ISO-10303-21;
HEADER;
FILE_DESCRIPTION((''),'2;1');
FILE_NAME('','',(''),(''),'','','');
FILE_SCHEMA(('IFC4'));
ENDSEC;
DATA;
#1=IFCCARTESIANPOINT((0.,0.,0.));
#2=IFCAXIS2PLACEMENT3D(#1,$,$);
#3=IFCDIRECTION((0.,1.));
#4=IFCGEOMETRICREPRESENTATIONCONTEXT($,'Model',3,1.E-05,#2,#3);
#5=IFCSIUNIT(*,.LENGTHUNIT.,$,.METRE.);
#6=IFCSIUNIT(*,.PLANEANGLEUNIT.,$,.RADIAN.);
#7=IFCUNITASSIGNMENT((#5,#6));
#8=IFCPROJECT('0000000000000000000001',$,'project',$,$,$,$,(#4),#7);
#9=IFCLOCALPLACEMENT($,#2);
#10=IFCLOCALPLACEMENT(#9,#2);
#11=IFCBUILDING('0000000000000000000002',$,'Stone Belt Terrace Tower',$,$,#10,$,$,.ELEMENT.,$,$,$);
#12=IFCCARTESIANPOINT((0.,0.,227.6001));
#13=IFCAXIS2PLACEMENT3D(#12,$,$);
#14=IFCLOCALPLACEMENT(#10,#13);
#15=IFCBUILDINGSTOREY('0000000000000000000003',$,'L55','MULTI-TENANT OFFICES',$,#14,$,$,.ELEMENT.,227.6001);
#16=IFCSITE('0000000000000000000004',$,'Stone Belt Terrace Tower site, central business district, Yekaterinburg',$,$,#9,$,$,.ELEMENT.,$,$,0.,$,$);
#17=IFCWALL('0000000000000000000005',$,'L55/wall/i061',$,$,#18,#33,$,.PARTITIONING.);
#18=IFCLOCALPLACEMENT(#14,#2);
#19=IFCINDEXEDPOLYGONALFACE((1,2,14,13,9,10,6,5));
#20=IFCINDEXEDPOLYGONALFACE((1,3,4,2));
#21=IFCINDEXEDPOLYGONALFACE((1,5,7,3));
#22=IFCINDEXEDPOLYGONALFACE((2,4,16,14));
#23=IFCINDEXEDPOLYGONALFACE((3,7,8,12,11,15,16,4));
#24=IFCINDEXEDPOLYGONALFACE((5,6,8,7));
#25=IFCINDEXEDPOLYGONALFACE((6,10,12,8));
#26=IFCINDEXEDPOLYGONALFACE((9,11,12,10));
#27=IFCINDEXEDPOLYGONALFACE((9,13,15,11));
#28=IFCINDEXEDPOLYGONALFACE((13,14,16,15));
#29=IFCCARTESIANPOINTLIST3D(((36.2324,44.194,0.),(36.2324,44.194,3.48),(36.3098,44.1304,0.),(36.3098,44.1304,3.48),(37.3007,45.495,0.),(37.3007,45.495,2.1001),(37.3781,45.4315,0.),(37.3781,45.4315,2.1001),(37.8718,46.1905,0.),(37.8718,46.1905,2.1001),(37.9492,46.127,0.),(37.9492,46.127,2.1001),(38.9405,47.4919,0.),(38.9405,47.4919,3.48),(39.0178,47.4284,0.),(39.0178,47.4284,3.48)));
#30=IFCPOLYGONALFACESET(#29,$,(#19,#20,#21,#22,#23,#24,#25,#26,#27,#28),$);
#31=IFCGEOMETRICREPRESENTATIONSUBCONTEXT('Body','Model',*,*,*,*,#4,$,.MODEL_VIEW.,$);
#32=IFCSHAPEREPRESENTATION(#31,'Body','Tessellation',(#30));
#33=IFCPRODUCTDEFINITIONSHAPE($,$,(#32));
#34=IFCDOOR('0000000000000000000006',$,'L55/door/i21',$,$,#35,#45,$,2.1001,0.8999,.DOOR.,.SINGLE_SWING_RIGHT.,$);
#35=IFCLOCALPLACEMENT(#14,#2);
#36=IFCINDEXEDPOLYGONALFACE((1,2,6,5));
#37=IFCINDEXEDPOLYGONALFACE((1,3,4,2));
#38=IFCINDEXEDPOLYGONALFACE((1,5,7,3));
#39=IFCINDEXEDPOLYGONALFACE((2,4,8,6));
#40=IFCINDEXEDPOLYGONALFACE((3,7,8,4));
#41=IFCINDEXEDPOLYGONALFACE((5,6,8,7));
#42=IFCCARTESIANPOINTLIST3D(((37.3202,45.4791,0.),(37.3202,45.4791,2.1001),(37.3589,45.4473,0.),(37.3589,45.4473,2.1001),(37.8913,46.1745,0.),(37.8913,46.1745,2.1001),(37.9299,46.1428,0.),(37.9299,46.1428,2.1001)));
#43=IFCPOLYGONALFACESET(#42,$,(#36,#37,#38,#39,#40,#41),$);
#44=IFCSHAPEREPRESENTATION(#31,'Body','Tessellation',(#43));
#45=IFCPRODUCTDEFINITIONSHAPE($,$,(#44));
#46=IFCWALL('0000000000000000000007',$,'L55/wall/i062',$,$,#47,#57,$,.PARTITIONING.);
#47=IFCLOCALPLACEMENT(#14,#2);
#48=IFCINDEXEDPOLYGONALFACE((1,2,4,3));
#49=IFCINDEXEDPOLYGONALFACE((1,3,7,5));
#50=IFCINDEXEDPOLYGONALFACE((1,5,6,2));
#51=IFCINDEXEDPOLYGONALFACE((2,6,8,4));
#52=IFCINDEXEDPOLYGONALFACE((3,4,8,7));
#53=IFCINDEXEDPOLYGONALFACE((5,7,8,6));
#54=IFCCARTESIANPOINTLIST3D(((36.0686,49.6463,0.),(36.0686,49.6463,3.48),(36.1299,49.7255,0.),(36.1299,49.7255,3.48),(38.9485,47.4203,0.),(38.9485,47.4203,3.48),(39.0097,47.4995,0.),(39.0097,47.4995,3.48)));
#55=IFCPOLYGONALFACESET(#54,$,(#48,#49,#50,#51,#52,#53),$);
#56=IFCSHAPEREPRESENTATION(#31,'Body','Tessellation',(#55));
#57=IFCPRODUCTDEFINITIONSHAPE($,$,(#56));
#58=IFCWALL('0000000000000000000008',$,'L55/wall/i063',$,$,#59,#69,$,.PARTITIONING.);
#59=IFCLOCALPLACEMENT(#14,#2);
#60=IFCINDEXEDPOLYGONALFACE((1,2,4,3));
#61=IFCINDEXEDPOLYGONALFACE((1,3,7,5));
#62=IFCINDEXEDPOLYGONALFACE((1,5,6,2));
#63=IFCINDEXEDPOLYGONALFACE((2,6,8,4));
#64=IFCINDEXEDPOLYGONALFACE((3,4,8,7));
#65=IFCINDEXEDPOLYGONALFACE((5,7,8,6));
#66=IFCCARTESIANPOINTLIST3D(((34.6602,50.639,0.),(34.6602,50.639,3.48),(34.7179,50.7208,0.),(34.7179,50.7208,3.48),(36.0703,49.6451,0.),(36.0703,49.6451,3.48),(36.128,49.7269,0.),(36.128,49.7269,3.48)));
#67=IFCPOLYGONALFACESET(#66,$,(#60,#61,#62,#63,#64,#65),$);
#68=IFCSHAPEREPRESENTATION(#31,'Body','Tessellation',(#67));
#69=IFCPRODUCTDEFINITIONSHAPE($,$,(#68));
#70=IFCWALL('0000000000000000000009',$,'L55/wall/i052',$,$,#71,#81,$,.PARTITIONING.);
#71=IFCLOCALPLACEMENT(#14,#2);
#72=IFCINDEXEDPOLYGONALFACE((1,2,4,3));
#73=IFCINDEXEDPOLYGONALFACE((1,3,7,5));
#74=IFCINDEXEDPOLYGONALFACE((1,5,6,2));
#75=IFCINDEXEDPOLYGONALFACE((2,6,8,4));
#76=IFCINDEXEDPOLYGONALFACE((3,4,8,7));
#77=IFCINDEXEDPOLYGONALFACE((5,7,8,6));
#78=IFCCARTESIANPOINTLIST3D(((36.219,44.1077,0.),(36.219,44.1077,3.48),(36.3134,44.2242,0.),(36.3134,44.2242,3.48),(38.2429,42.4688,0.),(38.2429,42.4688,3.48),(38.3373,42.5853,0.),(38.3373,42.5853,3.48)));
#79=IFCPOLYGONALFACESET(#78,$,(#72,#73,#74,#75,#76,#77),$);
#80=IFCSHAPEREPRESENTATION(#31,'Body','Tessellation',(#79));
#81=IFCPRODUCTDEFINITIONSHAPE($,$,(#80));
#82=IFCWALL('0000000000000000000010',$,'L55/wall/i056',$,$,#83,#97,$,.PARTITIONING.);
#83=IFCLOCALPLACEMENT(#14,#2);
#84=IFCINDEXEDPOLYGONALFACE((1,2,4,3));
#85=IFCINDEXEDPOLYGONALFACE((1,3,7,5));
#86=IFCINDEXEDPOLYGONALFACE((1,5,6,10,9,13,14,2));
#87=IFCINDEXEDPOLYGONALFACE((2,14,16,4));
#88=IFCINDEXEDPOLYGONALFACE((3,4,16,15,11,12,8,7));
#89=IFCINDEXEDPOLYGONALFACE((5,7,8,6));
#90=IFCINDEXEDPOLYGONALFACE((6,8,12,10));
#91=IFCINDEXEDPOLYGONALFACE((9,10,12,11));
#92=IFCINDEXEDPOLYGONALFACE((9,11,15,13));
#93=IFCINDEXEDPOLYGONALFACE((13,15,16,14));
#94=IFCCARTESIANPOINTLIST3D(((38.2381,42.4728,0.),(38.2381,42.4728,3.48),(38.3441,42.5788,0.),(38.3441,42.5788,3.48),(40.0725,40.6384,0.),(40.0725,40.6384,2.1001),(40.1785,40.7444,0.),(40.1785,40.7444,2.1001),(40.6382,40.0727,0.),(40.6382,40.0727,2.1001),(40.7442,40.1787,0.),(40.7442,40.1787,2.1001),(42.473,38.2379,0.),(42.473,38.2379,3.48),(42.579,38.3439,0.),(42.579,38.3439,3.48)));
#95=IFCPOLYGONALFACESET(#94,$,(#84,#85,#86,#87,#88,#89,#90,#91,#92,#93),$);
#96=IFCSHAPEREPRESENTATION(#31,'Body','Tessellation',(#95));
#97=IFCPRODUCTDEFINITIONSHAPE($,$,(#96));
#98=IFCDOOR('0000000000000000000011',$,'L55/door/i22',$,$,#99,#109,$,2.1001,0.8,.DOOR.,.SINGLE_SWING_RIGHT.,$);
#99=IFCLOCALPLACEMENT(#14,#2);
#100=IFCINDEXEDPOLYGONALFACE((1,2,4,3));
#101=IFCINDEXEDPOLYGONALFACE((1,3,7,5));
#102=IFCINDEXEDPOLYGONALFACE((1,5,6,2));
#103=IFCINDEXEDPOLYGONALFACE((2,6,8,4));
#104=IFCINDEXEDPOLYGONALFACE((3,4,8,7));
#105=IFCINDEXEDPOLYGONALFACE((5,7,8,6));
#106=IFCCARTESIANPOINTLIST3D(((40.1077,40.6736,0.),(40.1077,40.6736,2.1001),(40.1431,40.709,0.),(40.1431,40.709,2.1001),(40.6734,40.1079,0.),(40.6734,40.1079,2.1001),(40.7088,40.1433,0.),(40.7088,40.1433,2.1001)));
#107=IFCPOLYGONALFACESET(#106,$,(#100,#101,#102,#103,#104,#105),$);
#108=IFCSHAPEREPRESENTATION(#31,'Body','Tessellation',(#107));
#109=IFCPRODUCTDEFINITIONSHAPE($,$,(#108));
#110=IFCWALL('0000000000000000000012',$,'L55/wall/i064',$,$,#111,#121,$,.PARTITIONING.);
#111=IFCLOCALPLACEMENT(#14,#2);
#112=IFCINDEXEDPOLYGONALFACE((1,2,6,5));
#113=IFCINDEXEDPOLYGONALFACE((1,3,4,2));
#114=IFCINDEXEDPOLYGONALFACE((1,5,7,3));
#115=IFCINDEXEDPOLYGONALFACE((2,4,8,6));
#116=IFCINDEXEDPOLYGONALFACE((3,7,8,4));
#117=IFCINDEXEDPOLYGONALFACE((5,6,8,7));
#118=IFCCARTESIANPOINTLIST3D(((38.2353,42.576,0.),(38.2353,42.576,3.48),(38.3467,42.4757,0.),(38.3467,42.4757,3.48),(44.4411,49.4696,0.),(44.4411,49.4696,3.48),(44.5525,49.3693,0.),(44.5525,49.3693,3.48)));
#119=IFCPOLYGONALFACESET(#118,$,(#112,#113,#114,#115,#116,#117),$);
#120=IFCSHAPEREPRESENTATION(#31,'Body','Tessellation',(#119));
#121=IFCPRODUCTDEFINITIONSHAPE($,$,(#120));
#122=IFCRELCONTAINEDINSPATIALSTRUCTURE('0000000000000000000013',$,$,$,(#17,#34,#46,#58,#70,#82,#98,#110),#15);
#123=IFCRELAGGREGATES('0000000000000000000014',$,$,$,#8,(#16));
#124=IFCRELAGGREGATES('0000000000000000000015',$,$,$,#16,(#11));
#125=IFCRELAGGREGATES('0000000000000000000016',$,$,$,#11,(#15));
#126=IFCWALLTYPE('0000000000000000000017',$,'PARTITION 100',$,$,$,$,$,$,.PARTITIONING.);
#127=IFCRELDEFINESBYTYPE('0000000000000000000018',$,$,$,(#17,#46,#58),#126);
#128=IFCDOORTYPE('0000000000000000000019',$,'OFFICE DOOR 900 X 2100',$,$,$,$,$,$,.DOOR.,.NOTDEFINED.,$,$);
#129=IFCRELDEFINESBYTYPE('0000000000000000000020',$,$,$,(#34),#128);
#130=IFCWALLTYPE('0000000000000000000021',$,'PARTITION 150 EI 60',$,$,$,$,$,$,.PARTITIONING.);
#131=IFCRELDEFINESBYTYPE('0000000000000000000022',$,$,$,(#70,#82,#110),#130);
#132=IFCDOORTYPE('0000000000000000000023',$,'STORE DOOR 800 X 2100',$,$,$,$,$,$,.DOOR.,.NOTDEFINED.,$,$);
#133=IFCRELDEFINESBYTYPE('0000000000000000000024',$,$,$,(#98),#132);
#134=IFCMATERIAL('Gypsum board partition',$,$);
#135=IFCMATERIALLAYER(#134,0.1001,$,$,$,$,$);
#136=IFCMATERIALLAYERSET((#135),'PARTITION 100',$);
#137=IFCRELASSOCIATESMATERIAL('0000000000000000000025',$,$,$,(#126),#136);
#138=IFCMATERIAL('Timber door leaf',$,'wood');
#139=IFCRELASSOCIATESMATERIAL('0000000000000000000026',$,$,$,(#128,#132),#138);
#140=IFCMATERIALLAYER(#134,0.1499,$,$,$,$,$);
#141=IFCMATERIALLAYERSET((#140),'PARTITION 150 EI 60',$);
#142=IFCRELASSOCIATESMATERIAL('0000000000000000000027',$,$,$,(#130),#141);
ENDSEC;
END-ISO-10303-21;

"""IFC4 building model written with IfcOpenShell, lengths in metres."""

from ifc_helpers import new_model, si_unit, direction, frame, frame_2d, origin, place, context, subcontext, project, spatial, rectangle, extrude, material, layer, layer_set, type_object, element, fill, save


model = new_model("IFC4")

# Units and contexts
model_context = context("Model", 3, precision=1e-05, world=origin(), true_north=direction((0.0, 1.0)))
body_context = subcontext(model_context, "Body", "Model", "MODEL_VIEW")
ifc_project = project(units=[si_unit("LENGTHUNIT", "METRE"), si_unit("PLANEANGLEUNIT", "RADIAN")], contexts=[model_context])

# Site, building, storey
site_placement = place(None, origin())
site = spatial("IfcSite", under=ifc_project, at=site_placement, Name="Stone Belt Terrace Tower site, central business district, Yekaterinburg", CompositionType="ELEMENT", RefElevation=0.0)
building_placement = place(site_placement, origin())
building = spatial("IfcBuilding", under=site, at=building_placement, Name="Stone Belt Terrace Tower", CompositionType="ELEMENT")
storey_placement = place(building_placement, frame((0.0, 0.0, 227.6001)))
storey = spatial("IfcBuildingStorey", under=building, at=storey_placement, Name="L55", Description="MULTI-TENANT OFFICES", CompositionType="ELEMENT", Elevation=227.6001)

# Wall, opening, door
ifc_material_1 = material(Name="Gypsum board partition")
ifc_layer_1 = layer(ifc_material_1, 0.1001)
ifc_layer_set_1 = layer_set([ifc_layer_1], Name="PARTITION 100")
wall_type_1 = type_object("IfcWallType", Name="PARTITION 100", PredefinedType="PARTITIONING", material=ifc_layer_set_1)
wall_1_placement = place(storey_placement, frame((36.271, 44.1621, 0.0), z_axis=(0.0, 0.0, 1.0), x_axis=(0.634608, 0.772834, 0.0)))
wall_1 = element("IfcWall", 1, at=wall_1_placement, inside=storey, type_object=wall_type_1, Name="L55/wall/i061", PredefinedType="PARTITIONING", context=body_context, shape_type="SweptSolid", body=[
    extrude(rectangle(XDim=4.2673, YDim=0.1001, at=frame_2d((2.1338, 0.0))), origin(), (0.0, 0.0, 1.0), 3.48),
])
opening_1_placement = place(wall_1_placement, frame((1.6836, 0.0, 0.0)))
opening_1 = element("IfcOpeningElement", 2, at=opening_1_placement, cuts=wall_1, PredefinedType="OPENING", context=body_context, shape_type="SweptSolid", body=[
    extrude(rectangle(XDim=0.8999, YDim=2.1001, at=frame_2d((0.45, 1.05))), frame((0.0, 0.0601, 0.0), z_axis=(0.0, -1.0, 0.0), x_axis=(1.0, 0.0, 0.0)), (0.0, 0.0, 1.0), 0.1201),
])
ifc_material_2 = material(Name="Timber door leaf", Category="wood")
door_type_1 = type_object("IfcDoorType", Name="OFFICE DOOR 900 X 2100", OperationType="NOTDEFINED", PredefinedType="DOOR", material=ifc_material_2)
door_1_placement = place(opening_1_placement, origin())
door_1 = element("IfcDoor", 3, at=door_1_placement, inside=storey, type_object=door_type_1, Name="L55/door/i21", OperationType="SINGLE_SWING_RIGHT", OverallHeight=2.1001, OverallWidth=0.8999, PredefinedType="DOOR", context=body_context, shape_type="SweptSolid", body=[
    extrude(rectangle(XDim=0.8999, YDim=2.1001, at=frame_2d((0.45, 1.05))), frame((0.0, 0.0249, 0.0), z_axis=(0.0, -1.0, 0.0), x_axis=(1.0, 0.0, 0.0)), (0.0, 0.0, 1.0), 0.05),
])
fill(opening_1, door_1)

# Walls
wall_2_placement = place(storey_placement, frame((38.979, 47.46, 0.0), z_axis=(0.0, 0.0, 1.0), x_axis=(-0.791191, 0.61157, 0.0)))
element("IfcWall", 4, at=wall_2_placement, inside=storey, type_object=wall_type_1, Name="L55/wall/i062", PredefinedType="PARTITIONING", context=body_context, shape_type="SweptSolid", body=[
    extrude(rectangle(XDim=3.6399, YDim=0.1001, at=frame_2d((1.8198, 0.0))), origin(), (0.0, 0.0, 1.0), 3.48),
])
wall_3_placement = place(storey_placement, frame((36.0991, 49.686, 0.0), z_axis=(0.0, 0.0, 1.0), x_axis=(-0.817379, 0.5761, 0.0)))
element("IfcWall", 5, at=wall_3_placement, inside=storey, type_object=wall_type_1, Name="L55/wall/i063", PredefinedType="PARTITIONING", context=body_context, shape_type="SweptSolid", body=[
    extrude(rectangle(XDim=1.7251, YDim=0.1001, at=frame_2d((0.8625, 0.0))), origin(), (0.0, 0.0, 1.0), 3.48),
])
ifc_layer_2 = layer(ifc_material_1, 0.1499)
ifc_layer_set_2 = layer_set([ifc_layer_2], Name="PARTITION 150 EI 60")
wall_type_2 = type_object("IfcWallType", Name="PARTITION 150 EI 60", PredefinedType="PARTITIONING", material=ifc_layer_set_2)
wall_4_placement = place(storey_placement, frame((36.2661, 44.166, 0.0), z_axis=(0.0, 0.0, 1.0), x_axis=(0.777151, -0.629314, 0.0)))
element("IfcWall", 6, at=wall_4_placement, inside=storey, type_object=wall_type_2, Name="L55/wall/i052", PredefinedType="PARTITIONING", context=body_context, shape_type="SweptSolid", body=[
    extrude(rectangle(XDim=2.6042, YDim=0.1499, at=frame_2d((1.3022, 0.0))), origin(), (0.0, 0.0, 1.0), 3.48),
])

# Wall, opening, door
wall_5_placement = place(storey_placement, frame((38.291, 42.5259, 0.0), z_axis=(0.0, 0.0, 1.0), x_axis=(0.707107, -0.707107, 0.0)))
wall_5 = element("IfcWall", 7, at=wall_5_placement, inside=storey, type_object=wall_type_2, Name="L55/wall/i056", PredefinedType="PARTITIONING", context=body_context, shape_type="SweptSolid", body=[
    extrude(rectangle(XDim=5.989, YDim=0.1499, at=frame_2d((2.9946, 0.0))), origin(), (0.0, 0.0, 1.0), 3.48),
])
opening_2_placement = place(wall_5_placement, frame((2.5945, 0.0, 0.0)))
opening_2 = element("IfcOpeningElement", 8, at=opening_2_placement, cuts=wall_5, PredefinedType="OPENING", context=body_context, shape_type="SweptSolid", body=[
    extrude(rectangle(XDim=0.8, YDim=2.1001, at=frame_2d((0.3999, 1.05))), frame((0.0, 0.085, 0.0), z_axis=(0.0, -1.0, 0.0), x_axis=(1.0, 0.0, 0.0)), (0.0, 0.0, 1.0), 0.1699),
])
door_type_2 = type_object("IfcDoorType", Name="STORE DOOR 800 X 2100", OperationType="NOTDEFINED", PredefinedType="DOOR", material=ifc_material_2)
door_2_placement = place(opening_2_placement, origin())
door_2 = element("IfcDoor", 9, at=door_2_placement, inside=storey, type_object=door_type_2, Name="L55/door/i22", OperationType="SINGLE_SWING_RIGHT", OverallHeight=2.1001, OverallWidth=0.8, PredefinedType="DOOR", context=body_context, shape_type="SweptSolid", body=[
    extrude(rectangle(XDim=0.8, YDim=2.1001, at=frame_2d((0.3999, 1.05))), frame((0.0, 0.0249, 0.0), z_axis=(0.0, -1.0, 0.0), x_axis=(1.0, 0.0, 0.0)), (0.0, 0.0, 1.0), 0.05),
])
fill(opening_2, door_2)

# Wall
wall_6_placement = place(storey_placement, frame((44.4968, 49.4194, 0.0), z_axis=(0.0, 0.0, 1.0), x_axis=(-0.669061, -0.743208, 0.0)))
element("IfcWall", 10, at=wall_6_placement, inside=storey, type_object=wall_type_2, Name="L55/wall/i064", PredefinedType="PARTITIONING", context=body_context, shape_type="SweptSolid", body=[
    extrude(rectangle(XDim=9.2754, YDim=0.1499, at=frame_2d((4.6377, 0.0))), origin(), (0.0, 0.0, 1.0), 3.48),
])

save(model, "model.ifc")
